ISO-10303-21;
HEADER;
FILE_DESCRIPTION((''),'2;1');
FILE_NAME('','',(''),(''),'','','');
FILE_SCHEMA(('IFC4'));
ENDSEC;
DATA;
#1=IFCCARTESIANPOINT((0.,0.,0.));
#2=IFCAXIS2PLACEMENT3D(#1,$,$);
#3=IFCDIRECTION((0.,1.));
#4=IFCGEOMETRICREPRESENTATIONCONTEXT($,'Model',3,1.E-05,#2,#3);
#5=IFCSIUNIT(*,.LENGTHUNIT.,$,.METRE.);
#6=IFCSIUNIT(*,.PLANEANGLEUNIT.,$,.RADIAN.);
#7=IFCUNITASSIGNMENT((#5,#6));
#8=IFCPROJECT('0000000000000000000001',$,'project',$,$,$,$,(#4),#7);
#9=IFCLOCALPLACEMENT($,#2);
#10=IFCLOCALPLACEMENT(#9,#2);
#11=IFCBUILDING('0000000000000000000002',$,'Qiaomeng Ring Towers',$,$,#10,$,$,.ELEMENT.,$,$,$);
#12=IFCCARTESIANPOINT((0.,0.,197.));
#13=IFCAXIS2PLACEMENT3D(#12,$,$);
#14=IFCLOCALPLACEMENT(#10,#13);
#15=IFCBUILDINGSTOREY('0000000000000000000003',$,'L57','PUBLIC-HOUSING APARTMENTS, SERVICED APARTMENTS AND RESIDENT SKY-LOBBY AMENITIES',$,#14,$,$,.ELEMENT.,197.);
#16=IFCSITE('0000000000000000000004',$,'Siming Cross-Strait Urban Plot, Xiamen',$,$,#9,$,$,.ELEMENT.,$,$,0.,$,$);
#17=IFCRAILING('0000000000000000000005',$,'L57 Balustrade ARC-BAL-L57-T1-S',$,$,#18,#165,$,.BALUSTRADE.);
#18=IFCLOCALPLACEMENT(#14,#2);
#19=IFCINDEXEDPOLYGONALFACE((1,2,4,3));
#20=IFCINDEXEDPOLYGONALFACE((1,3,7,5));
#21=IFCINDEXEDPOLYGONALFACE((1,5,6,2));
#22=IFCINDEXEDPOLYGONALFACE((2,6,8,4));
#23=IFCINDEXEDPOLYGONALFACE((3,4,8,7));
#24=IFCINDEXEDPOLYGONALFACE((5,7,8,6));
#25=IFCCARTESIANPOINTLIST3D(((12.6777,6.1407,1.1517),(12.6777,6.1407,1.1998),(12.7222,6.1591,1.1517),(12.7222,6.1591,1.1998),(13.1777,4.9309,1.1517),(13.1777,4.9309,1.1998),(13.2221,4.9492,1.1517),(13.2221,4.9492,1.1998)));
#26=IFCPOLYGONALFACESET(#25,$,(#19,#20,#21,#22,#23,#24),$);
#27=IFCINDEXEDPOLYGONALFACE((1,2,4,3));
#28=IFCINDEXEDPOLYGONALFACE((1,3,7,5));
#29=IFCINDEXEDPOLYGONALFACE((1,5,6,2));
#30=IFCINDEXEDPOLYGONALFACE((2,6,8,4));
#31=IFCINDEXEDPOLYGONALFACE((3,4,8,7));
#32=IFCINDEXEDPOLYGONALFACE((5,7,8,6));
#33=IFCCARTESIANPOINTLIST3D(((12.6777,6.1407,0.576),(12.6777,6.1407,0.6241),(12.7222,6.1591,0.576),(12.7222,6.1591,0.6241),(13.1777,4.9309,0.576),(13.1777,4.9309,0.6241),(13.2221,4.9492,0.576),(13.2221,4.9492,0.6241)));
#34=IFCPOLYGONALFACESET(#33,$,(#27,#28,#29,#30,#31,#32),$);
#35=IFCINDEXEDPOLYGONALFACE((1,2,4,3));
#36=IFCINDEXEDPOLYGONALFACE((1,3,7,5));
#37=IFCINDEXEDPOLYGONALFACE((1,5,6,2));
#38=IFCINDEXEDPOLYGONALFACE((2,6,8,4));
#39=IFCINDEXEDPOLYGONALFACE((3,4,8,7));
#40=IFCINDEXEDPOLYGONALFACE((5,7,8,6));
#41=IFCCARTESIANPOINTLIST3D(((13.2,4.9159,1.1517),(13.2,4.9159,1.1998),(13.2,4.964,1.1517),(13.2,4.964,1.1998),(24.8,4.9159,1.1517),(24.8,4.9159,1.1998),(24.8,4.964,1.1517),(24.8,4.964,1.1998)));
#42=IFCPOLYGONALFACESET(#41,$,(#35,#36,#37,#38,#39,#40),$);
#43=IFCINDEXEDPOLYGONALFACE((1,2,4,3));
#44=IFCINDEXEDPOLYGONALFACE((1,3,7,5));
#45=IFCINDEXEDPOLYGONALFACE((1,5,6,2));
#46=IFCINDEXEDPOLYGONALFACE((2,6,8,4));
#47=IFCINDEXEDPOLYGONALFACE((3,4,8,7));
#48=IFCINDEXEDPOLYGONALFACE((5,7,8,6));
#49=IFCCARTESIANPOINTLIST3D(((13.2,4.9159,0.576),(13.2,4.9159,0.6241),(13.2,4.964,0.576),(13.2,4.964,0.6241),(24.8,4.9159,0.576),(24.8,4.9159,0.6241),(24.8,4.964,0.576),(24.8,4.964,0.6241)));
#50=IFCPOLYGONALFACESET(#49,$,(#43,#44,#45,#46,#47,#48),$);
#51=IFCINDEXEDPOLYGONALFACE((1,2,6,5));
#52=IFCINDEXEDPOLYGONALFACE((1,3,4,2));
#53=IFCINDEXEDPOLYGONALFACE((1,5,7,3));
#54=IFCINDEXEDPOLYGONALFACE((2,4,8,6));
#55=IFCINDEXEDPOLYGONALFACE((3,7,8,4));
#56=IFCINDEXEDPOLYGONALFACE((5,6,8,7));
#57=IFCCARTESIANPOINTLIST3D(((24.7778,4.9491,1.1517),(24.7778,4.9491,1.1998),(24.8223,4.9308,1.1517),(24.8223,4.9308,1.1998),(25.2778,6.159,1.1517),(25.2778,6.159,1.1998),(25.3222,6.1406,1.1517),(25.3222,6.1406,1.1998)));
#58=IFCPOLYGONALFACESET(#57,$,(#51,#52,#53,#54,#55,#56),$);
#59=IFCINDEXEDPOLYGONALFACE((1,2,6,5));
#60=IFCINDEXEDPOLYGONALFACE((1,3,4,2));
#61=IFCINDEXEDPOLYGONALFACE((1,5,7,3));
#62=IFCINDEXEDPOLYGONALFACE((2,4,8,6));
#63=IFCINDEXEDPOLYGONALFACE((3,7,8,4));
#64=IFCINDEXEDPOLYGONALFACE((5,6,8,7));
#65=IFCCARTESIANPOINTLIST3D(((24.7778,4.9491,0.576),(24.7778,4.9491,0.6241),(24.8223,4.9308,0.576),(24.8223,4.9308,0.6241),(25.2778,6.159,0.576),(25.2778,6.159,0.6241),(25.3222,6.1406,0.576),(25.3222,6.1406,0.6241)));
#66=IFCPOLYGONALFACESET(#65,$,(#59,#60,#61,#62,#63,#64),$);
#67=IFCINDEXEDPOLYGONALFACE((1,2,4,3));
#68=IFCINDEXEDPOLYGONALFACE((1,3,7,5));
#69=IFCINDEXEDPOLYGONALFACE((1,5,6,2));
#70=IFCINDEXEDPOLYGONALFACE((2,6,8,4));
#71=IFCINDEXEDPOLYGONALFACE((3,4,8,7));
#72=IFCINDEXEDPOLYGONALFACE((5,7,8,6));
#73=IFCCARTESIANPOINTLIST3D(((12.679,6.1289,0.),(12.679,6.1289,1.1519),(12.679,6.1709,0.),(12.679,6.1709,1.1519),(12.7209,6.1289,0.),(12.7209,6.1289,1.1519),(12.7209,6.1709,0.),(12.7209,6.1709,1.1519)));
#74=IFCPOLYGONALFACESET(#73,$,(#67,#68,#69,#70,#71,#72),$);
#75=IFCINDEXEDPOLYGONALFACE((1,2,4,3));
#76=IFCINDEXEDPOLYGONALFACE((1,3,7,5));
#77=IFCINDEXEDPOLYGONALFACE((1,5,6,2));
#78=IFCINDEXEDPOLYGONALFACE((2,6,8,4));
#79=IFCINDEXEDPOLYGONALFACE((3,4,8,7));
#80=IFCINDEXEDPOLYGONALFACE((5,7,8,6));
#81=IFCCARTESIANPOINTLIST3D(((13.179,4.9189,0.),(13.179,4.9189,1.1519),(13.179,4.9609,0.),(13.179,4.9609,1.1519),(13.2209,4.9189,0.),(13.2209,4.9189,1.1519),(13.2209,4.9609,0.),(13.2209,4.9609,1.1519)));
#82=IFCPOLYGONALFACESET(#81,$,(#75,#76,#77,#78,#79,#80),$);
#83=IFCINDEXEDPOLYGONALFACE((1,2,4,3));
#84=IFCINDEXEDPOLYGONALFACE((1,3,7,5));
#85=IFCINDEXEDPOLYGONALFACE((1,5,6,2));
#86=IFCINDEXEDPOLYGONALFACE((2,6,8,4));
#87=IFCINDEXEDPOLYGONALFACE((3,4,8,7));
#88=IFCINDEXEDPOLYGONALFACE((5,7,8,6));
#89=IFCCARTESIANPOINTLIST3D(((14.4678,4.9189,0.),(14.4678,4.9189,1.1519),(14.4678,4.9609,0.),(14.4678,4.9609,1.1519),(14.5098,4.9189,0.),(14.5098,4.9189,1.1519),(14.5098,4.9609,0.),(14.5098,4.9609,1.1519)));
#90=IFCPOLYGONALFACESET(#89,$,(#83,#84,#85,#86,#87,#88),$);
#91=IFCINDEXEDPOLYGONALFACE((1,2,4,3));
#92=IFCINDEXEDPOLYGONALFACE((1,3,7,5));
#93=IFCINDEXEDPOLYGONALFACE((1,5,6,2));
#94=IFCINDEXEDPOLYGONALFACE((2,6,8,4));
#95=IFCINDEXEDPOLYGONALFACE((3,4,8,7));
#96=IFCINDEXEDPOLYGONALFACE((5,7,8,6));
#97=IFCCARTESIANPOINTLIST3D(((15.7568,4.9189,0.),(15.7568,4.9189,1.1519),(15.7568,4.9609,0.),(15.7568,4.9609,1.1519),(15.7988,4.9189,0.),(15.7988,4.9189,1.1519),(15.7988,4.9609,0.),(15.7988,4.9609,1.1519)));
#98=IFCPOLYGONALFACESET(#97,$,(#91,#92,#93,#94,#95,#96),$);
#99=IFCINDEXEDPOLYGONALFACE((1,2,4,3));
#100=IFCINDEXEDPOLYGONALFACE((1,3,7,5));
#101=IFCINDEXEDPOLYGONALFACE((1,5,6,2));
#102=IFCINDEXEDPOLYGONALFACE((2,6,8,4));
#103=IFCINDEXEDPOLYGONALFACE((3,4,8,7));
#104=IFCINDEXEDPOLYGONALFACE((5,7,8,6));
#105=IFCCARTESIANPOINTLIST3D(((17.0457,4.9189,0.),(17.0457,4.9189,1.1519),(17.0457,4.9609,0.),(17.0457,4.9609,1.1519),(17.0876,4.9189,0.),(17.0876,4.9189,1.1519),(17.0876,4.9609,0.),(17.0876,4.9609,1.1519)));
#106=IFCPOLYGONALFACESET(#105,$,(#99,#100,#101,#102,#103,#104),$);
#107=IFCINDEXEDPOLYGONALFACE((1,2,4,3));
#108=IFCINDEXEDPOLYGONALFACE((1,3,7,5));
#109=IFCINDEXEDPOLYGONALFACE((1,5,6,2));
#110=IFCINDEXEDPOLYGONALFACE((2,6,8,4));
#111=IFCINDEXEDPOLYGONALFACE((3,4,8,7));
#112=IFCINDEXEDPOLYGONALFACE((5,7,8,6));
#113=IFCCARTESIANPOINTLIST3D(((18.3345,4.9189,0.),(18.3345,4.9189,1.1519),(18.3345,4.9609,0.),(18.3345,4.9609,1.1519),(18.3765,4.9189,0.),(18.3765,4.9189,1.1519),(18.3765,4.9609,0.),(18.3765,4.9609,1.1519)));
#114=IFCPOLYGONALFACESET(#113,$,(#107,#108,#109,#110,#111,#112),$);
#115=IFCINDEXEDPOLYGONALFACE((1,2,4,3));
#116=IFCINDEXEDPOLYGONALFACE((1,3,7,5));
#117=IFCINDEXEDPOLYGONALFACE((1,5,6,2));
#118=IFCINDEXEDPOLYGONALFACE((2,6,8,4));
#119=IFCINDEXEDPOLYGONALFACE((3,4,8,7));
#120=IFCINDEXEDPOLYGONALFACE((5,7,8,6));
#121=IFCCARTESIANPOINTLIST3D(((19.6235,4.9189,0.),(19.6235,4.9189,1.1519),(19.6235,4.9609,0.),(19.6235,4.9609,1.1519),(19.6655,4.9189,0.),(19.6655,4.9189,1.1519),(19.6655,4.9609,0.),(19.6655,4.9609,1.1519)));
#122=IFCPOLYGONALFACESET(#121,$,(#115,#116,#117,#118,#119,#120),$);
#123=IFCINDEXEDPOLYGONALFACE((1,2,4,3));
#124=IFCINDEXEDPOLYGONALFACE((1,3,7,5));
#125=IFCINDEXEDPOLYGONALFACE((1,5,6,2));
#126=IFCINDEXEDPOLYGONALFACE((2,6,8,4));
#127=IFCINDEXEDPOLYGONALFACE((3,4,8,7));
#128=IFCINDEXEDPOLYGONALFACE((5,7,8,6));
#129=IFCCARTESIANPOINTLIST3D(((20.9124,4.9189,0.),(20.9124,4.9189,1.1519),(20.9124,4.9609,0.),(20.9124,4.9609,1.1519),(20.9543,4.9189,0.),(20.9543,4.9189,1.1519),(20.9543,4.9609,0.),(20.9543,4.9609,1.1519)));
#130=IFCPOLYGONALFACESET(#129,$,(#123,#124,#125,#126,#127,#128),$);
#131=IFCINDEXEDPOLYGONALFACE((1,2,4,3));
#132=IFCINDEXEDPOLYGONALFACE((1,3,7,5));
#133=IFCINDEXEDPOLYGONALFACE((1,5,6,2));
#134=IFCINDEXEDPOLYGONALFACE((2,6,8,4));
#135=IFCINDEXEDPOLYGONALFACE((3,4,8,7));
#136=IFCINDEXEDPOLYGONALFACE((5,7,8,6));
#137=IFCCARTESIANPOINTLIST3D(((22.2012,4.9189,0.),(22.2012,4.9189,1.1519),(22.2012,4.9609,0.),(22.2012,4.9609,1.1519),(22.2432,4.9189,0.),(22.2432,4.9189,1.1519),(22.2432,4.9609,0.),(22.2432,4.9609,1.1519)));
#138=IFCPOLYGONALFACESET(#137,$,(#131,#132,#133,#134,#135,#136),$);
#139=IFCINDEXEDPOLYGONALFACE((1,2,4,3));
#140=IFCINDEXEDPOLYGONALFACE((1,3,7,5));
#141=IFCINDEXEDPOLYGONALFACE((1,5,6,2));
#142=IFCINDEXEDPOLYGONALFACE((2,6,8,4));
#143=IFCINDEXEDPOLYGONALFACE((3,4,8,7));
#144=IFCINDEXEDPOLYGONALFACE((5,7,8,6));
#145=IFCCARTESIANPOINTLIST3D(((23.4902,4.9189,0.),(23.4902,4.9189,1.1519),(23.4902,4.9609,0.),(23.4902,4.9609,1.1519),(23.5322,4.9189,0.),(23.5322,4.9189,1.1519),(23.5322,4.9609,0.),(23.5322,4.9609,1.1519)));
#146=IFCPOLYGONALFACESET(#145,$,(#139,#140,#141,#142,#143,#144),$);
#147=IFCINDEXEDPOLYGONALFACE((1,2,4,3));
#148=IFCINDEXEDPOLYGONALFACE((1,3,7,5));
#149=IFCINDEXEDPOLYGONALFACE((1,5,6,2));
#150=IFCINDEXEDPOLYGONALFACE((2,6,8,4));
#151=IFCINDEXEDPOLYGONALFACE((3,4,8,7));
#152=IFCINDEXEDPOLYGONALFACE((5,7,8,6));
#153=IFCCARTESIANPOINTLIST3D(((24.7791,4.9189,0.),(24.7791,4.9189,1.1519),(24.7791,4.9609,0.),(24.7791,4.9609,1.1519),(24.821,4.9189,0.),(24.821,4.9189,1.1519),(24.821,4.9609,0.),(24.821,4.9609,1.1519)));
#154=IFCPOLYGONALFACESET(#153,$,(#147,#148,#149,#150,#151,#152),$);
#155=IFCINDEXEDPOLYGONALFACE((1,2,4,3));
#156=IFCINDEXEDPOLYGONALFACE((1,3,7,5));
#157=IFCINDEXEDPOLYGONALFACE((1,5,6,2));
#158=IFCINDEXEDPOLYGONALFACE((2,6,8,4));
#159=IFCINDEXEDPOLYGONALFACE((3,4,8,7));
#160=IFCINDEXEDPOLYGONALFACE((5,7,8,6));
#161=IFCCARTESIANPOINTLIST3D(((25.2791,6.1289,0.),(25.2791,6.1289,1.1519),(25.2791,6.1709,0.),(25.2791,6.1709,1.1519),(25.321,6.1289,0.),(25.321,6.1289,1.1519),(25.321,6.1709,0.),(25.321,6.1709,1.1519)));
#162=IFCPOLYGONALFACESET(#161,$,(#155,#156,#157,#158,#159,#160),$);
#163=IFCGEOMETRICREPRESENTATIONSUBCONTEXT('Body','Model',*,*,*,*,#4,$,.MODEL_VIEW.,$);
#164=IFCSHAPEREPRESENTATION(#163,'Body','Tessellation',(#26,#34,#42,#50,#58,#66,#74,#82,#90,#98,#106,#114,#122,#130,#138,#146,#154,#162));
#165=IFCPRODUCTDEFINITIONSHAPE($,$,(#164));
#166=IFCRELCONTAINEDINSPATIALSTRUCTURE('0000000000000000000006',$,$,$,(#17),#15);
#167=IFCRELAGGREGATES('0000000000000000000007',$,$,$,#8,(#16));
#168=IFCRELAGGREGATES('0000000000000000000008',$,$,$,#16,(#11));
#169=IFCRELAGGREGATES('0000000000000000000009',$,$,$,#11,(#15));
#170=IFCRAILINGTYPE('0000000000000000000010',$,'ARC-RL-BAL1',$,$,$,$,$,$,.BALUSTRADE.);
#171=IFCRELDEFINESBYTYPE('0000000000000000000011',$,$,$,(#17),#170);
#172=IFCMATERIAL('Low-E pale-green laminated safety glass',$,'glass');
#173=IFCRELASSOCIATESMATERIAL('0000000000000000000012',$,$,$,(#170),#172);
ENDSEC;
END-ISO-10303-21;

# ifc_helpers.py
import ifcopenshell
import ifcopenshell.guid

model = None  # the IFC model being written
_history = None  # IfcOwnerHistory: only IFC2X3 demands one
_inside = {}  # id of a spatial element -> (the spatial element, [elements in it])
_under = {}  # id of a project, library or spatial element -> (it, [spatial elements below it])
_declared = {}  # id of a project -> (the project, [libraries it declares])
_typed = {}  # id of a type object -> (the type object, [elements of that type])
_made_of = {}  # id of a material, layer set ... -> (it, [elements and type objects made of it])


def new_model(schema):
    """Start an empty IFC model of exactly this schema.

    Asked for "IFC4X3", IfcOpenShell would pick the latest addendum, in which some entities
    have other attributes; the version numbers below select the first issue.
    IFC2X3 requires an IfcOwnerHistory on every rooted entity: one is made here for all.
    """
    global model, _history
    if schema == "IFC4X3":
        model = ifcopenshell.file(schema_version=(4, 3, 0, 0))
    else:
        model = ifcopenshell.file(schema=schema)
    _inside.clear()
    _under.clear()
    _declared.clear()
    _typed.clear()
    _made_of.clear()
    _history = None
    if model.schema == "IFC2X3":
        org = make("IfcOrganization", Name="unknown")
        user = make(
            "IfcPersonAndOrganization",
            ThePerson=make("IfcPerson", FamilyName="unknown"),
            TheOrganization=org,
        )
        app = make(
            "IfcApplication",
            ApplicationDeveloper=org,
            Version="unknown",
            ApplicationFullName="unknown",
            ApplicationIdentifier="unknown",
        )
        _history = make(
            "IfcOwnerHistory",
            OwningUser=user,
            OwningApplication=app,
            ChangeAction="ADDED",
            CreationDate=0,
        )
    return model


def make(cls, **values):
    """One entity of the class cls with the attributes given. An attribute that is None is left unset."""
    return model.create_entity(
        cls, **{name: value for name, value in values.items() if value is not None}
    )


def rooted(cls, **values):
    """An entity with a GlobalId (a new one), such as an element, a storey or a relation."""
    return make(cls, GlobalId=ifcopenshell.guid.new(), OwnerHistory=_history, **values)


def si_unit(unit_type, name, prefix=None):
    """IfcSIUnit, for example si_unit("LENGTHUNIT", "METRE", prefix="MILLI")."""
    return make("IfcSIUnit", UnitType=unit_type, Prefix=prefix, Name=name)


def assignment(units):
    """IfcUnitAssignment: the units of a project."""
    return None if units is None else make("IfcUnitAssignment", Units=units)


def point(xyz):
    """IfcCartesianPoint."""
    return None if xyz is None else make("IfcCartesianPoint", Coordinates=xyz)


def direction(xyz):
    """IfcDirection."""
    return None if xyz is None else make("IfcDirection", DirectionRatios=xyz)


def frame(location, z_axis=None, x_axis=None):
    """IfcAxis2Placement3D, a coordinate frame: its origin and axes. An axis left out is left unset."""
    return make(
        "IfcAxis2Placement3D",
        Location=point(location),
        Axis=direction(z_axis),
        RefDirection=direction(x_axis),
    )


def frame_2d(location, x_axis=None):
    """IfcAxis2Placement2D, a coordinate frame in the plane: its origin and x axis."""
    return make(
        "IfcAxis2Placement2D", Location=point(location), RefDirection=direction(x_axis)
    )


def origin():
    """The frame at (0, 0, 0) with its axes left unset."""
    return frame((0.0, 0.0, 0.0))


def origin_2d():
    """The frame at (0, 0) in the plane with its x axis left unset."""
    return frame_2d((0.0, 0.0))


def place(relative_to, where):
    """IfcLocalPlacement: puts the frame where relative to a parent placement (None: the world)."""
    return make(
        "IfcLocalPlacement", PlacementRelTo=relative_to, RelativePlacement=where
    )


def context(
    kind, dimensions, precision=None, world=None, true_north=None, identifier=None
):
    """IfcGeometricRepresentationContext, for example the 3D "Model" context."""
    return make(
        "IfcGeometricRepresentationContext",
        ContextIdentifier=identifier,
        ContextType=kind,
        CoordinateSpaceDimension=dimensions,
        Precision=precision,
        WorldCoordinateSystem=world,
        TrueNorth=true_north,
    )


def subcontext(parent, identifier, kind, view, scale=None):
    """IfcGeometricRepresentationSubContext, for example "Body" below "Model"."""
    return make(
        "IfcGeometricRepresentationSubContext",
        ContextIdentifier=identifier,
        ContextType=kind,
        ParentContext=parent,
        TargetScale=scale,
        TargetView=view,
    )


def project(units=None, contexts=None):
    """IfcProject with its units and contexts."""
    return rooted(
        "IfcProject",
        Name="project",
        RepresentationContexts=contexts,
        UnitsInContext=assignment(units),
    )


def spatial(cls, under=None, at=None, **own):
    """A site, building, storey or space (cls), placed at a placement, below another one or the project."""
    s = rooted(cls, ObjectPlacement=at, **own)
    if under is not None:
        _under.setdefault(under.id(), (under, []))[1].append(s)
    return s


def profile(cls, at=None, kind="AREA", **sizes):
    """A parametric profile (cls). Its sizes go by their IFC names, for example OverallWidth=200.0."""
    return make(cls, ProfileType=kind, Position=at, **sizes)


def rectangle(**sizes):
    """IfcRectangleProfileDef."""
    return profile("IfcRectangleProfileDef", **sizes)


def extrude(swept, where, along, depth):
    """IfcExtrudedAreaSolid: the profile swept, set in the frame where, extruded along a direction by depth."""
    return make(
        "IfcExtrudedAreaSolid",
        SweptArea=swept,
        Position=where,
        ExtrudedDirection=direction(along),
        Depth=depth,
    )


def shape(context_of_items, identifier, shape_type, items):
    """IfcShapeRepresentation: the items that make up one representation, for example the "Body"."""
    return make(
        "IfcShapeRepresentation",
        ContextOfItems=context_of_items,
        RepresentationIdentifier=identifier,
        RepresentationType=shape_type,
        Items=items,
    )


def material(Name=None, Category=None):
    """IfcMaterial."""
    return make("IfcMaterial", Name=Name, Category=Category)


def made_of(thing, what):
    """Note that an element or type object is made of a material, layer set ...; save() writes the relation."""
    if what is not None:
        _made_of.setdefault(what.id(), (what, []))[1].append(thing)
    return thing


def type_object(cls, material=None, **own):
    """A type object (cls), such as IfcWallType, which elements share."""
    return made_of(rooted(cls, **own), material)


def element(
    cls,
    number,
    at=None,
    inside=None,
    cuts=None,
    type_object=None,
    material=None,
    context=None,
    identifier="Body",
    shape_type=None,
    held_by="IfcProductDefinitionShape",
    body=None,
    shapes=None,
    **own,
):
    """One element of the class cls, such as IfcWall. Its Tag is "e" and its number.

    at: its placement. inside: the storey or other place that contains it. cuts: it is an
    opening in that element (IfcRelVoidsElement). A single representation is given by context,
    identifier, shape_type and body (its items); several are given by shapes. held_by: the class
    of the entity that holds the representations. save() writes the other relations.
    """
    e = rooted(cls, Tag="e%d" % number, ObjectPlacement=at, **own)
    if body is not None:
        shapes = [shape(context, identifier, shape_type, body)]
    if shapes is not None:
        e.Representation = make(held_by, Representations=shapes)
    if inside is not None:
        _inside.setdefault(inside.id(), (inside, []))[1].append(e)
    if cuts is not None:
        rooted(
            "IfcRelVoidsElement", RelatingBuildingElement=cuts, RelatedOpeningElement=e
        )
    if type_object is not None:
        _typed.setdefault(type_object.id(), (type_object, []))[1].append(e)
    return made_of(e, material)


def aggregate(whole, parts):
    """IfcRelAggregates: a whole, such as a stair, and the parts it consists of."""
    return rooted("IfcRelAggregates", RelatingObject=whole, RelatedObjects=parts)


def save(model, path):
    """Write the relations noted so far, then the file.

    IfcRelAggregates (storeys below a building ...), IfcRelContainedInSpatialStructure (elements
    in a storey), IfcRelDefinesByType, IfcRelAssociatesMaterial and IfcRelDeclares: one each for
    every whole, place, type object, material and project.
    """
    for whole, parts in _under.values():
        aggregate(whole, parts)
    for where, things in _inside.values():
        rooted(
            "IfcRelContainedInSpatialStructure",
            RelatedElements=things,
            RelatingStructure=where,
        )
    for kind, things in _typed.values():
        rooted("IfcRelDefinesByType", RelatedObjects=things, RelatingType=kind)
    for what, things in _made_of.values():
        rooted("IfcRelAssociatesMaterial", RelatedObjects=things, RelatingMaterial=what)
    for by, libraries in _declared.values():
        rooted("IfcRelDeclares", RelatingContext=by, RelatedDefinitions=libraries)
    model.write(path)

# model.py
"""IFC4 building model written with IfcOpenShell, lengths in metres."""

from ifc_helpers import new_model, si_unit, direction, frame, origin, origin_2d, place, context, subcontext, project, spatial, rectangle, extrude, material, type_object, element, save


model = new_model("IFC4")

# Units and contexts
model_context = context("Model", 3, precision=1e-05, world=origin(), true_north=direction((0.0, 1.0)))
body_context = subcontext(model_context, "Body", "Model", "MODEL_VIEW")
ifc_project = project(units=[si_unit("LENGTHUNIT", "METRE"), si_unit("PLANEANGLEUNIT", "RADIAN")], contexts=[model_context])

# Site, building, storey
site_placement = place(None, origin())
site = spatial("IfcSite", under=ifc_project, at=site_placement, Name="Siming Cross-Strait Urban Plot, Xiamen", CompositionType="ELEMENT", RefElevation=0.0)
building_placement = place(site_placement, origin())
building = spatial("IfcBuilding", under=site, at=building_placement, Name="Qiaomeng Ring Towers", CompositionType="ELEMENT")
storey_placement = place(building_placement, frame((0.0, 0.0, 197.0)))
storey = spatial("IfcBuildingStorey", under=building, at=storey_placement, Name="L57", Description="PUBLIC-HOUSING APARTMENTS, SERVICED APARTMENTS AND RESIDENT SKY-LOBBY AMENITIES", CompositionType="ELEMENT", Elevation=197.0)

# Railing
ifc_material_1 = material(Name="Low-E pale-green laminated safety glass", Category="glass")
railing_type = type_object("IfcRailingType", Name="ARC-RL-BAL1", PredefinedType="BALUSTRADE", material=ifc_material_1)
railing_placement = place(storey_placement, frame((12.7, 6.1499, 0.0)))
element("IfcRailing", 1, at=railing_placement, inside=storey, type_object=railing_type, Name="L57 Balustrade ARC-BAL-L57-T1-S", PredefinedType="BALUSTRADE", context=body_context, shape_type="SweptSolid", body=[
    extrude(rectangle(XDim=0.0481, YDim=0.0481, at=origin_2d()), frame((0.0, 0.0, 1.1758), z_axis=(0.381913, -0.924198, 0.0), x_axis=(0.924198, 0.381913, 0.0)), (0.0, 0.0, 1.0), 1.3091),
    extrude(rectangle(XDim=0.0481, YDim=0.0481, at=origin_2d()), frame((0.0, 0.0, 0.6001), z_axis=(0.381913, -0.924198, 0.0), x_axis=(0.924198, 0.381913, 0.0)), (0.0, 0.0, 1.0), 1.3091),
    extrude(rectangle(XDim=0.0481, YDim=0.0481, at=origin_2d()), frame((0.5, -1.21, 1.1758), z_axis=(1.0, 0.0, 0.0), x_axis=(0.0, 1.0, 0.0)), (0.0, 0.0, 1.0), 11.6001),
    extrude(rectangle(XDim=0.0481, YDim=0.0481, at=origin_2d()), frame((0.5, -1.21, 0.6001), z_axis=(1.0, 0.0, 0.0), x_axis=(0.0, 1.0, 0.0)), (0.0, 0.0, 1.0), 11.6001),
    extrude(rectangle(XDim=0.0481, YDim=0.0481, at=origin_2d()), frame((12.1001, -1.21, 1.1758), z_axis=(0.381913, 0.924198, 0.0), x_axis=(-0.924198, 0.381913, 0.0)), (0.0, 0.0, 1.0), 1.3091),
    extrude(rectangle(XDim=0.0481, YDim=0.0481, at=origin_2d()), frame((12.1001, -1.21, 0.6001), z_axis=(0.381913, 0.924198, 0.0), x_axis=(-0.924198, 0.381913, 0.0)), (0.0, 0.0, 1.0), 1.3091),
    extrude(rectangle(XDim=0.042, YDim=0.042, at=origin_2d()), origin(), (0.0, 0.0, 1.0), 1.1519),
    extrude(rectangle(XDim=0.042, YDim=0.042, at=origin_2d()), frame((0.5, -1.21, 0.0)), (0.0, 0.0, 1.0), 1.1519),
    extrude(rectangle(XDim=0.042, YDim=0.042, at=origin_2d()), frame((1.7888, -1.21, 0.0)), (0.0, 0.0, 1.0), 1.1519),
    extrude(rectangle(XDim=0.042, YDim=0.042, at=origin_2d()), frame((3.0779, -1.21, 0.0)), (0.0, 0.0, 1.0), 1.1519),
    extrude(rectangle(XDim=0.042, YDim=0.042, at=origin_2d()), frame((4.3667, -1.21, 0.0)), (0.0, 0.0, 1.0), 1.1519),
    extrude(rectangle(XDim=0.042, YDim=0.042, at=origin_2d()), frame((5.6555, -1.21, 0.0)), (0.0, 0.0, 1.0), 1.1519),
    extrude(rectangle(XDim=0.042, YDim=0.042, at=origin_2d()), frame((6.9446, -1.21, 0.0)), (0.0, 0.0, 1.0), 1.1519),
    extrude(rectangle(XDim=0.042, YDim=0.042, at=origin_2d()), frame((8.2334, -1.21, 0.0)), (0.0, 0.0, 1.0), 1.1519),
    extrude(rectangle(XDim=0.042, YDim=0.042, at=origin_2d()), frame((9.5222, -1.21, 0.0)), (0.0, 0.0, 1.0), 1.1519),
    extrude(rectangle(XDim=0.042, YDim=0.042, at=origin_2d()), frame((10.8113, -1.21, 0.0)), (0.0, 0.0, 1.0), 1.1519),
    extrude(rectangle(XDim=0.042, YDim=0.042, at=origin_2d()), frame((12.1001, -1.21, 0.0)), (0.0, 0.0, 1.0), 1.1519),
    extrude(rectangle(XDim=0.042, YDim=0.042, at=origin_2d()), frame((12.6001, 0.0, 0.0)), (0.0, 0.0, 1.0), 1.1519),
])

save(model, "model.ifc")
